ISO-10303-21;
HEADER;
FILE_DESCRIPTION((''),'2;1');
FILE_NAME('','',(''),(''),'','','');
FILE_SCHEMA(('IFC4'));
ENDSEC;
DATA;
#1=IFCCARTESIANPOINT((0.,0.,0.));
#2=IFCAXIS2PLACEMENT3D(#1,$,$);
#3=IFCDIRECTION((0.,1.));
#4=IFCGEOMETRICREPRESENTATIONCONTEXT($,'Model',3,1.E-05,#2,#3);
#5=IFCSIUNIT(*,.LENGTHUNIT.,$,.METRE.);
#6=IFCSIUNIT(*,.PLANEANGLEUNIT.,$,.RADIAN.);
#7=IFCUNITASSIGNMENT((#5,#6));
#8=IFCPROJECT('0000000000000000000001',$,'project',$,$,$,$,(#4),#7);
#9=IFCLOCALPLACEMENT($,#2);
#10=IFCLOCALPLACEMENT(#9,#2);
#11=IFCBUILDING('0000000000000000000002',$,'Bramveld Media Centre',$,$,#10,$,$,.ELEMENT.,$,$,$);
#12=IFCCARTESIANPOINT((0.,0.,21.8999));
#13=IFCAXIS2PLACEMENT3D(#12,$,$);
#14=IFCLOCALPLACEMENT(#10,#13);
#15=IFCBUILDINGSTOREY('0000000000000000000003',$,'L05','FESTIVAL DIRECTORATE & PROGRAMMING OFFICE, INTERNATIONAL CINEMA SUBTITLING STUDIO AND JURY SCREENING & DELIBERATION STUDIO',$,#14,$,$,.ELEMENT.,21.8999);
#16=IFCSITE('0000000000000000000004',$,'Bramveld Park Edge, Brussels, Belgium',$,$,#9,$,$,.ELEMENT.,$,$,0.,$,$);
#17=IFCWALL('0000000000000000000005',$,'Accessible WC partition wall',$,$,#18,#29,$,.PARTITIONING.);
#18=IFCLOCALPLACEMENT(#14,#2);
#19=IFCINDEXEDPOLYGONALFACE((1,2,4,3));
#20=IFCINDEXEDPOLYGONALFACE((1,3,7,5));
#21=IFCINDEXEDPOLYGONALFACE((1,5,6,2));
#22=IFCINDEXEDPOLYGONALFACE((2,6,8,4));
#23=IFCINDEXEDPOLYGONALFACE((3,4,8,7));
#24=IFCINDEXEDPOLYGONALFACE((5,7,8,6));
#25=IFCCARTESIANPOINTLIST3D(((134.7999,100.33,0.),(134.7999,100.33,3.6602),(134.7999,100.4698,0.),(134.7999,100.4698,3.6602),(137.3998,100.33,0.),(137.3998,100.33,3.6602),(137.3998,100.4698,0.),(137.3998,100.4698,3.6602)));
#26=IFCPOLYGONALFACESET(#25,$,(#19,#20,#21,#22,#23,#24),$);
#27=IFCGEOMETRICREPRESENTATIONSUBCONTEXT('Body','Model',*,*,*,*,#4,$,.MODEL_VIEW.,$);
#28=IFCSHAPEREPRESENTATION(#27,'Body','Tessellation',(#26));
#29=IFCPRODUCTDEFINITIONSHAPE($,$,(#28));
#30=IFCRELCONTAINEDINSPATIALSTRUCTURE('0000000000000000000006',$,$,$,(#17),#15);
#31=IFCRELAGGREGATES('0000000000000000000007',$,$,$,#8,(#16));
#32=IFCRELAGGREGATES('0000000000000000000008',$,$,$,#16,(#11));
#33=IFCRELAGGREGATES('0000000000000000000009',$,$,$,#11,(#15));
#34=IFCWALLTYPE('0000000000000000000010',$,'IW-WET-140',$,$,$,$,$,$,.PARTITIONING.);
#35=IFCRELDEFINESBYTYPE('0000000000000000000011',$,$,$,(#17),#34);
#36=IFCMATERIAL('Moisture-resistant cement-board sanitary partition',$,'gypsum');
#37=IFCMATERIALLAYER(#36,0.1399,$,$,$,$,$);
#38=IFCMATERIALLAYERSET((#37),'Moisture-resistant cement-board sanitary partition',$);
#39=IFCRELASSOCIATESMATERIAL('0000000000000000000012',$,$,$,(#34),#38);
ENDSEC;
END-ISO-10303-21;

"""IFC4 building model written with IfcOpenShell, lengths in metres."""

from ifc_helpers import new_model, si_unit, direction, frame, frame_2d, origin, place, context, subcontext, project, spatial, rectangle, extrude, material, layer, layer_set, type_object, element, save


model = new_model("IFC4")

# Units and contexts
model_context = context("Model", 3, precision=1e-05, world=origin(), true_north=direction((0.0, 1.0)))
body_context = subcontext(model_context, "Body", "Model", "MODEL_VIEW")
ifc_project = project(units=[si_unit("LENGTHUNIT", "METRE"), si_unit("PLANEANGLEUNIT", "RADIAN")], contexts=[model_context])

# Site, building, storey
site_placement = place(None, origin())
site = spatial("IfcSite", under=ifc_project, at=site_placement, Name="Bramveld Park Edge, Brussels, Belgium", CompositionType="ELEMENT", RefElevation=0.0)
building_placement = place(site_placement, origin())
building = spatial("IfcBuilding", under=site, at=building_placement, Name="Bramveld Media Centre", CompositionType="ELEMENT")
storey_placement = place(building_placement, frame((0.0, 0.0, 21.8999)))
storey = spatial("IfcBuildingStorey", under=building, at=storey_placement, Name="L05", Description="FESTIVAL DIRECTORATE & PROGRAMMING OFFICE, INTERNATIONAL CINEMA SUBTITLING STUDIO AND JURY SCREENING & DELIBERATION STUDIO", CompositionType="ELEMENT", Elevation=21.8999)

# Wall
ifc_material_1 = material(Name="Moisture-resistant cement-board sanitary partition", Category="gypsum")
ifc_layer_1 = layer(ifc_material_1, 0.1399)
ifc_layer_set_1 = layer_set([ifc_layer_1], Name="Moisture-resistant cement-board sanitary partition")
wall_type_1 = type_object("IfcWallType", Name="IW-WET-140", PredefinedType="PARTITIONING", material=ifc_layer_set_1)
wall_1_placement = place(storey_placement, frame((134.8, 100.3999, 0.0), z_axis=(0.0, 0.0, 1.0), x_axis=(1.0, 0.0, 0.0)))
element("IfcWall", 1, at=wall_1_placement, inside=storey, type_object=wall_type_1, Name="Accessible WC partition wall", PredefinedType="PARTITIONING", context=body_context, shape_type="SweptSolid", body=[
    extrude(rectangle(XDim=2.5999, YDim=0.1399, at=frame_2d((1.2998, 0.0))), origin(), (0.0, 0.0, 1.0), 3.6602),
])

save(model, "model.ifc")
